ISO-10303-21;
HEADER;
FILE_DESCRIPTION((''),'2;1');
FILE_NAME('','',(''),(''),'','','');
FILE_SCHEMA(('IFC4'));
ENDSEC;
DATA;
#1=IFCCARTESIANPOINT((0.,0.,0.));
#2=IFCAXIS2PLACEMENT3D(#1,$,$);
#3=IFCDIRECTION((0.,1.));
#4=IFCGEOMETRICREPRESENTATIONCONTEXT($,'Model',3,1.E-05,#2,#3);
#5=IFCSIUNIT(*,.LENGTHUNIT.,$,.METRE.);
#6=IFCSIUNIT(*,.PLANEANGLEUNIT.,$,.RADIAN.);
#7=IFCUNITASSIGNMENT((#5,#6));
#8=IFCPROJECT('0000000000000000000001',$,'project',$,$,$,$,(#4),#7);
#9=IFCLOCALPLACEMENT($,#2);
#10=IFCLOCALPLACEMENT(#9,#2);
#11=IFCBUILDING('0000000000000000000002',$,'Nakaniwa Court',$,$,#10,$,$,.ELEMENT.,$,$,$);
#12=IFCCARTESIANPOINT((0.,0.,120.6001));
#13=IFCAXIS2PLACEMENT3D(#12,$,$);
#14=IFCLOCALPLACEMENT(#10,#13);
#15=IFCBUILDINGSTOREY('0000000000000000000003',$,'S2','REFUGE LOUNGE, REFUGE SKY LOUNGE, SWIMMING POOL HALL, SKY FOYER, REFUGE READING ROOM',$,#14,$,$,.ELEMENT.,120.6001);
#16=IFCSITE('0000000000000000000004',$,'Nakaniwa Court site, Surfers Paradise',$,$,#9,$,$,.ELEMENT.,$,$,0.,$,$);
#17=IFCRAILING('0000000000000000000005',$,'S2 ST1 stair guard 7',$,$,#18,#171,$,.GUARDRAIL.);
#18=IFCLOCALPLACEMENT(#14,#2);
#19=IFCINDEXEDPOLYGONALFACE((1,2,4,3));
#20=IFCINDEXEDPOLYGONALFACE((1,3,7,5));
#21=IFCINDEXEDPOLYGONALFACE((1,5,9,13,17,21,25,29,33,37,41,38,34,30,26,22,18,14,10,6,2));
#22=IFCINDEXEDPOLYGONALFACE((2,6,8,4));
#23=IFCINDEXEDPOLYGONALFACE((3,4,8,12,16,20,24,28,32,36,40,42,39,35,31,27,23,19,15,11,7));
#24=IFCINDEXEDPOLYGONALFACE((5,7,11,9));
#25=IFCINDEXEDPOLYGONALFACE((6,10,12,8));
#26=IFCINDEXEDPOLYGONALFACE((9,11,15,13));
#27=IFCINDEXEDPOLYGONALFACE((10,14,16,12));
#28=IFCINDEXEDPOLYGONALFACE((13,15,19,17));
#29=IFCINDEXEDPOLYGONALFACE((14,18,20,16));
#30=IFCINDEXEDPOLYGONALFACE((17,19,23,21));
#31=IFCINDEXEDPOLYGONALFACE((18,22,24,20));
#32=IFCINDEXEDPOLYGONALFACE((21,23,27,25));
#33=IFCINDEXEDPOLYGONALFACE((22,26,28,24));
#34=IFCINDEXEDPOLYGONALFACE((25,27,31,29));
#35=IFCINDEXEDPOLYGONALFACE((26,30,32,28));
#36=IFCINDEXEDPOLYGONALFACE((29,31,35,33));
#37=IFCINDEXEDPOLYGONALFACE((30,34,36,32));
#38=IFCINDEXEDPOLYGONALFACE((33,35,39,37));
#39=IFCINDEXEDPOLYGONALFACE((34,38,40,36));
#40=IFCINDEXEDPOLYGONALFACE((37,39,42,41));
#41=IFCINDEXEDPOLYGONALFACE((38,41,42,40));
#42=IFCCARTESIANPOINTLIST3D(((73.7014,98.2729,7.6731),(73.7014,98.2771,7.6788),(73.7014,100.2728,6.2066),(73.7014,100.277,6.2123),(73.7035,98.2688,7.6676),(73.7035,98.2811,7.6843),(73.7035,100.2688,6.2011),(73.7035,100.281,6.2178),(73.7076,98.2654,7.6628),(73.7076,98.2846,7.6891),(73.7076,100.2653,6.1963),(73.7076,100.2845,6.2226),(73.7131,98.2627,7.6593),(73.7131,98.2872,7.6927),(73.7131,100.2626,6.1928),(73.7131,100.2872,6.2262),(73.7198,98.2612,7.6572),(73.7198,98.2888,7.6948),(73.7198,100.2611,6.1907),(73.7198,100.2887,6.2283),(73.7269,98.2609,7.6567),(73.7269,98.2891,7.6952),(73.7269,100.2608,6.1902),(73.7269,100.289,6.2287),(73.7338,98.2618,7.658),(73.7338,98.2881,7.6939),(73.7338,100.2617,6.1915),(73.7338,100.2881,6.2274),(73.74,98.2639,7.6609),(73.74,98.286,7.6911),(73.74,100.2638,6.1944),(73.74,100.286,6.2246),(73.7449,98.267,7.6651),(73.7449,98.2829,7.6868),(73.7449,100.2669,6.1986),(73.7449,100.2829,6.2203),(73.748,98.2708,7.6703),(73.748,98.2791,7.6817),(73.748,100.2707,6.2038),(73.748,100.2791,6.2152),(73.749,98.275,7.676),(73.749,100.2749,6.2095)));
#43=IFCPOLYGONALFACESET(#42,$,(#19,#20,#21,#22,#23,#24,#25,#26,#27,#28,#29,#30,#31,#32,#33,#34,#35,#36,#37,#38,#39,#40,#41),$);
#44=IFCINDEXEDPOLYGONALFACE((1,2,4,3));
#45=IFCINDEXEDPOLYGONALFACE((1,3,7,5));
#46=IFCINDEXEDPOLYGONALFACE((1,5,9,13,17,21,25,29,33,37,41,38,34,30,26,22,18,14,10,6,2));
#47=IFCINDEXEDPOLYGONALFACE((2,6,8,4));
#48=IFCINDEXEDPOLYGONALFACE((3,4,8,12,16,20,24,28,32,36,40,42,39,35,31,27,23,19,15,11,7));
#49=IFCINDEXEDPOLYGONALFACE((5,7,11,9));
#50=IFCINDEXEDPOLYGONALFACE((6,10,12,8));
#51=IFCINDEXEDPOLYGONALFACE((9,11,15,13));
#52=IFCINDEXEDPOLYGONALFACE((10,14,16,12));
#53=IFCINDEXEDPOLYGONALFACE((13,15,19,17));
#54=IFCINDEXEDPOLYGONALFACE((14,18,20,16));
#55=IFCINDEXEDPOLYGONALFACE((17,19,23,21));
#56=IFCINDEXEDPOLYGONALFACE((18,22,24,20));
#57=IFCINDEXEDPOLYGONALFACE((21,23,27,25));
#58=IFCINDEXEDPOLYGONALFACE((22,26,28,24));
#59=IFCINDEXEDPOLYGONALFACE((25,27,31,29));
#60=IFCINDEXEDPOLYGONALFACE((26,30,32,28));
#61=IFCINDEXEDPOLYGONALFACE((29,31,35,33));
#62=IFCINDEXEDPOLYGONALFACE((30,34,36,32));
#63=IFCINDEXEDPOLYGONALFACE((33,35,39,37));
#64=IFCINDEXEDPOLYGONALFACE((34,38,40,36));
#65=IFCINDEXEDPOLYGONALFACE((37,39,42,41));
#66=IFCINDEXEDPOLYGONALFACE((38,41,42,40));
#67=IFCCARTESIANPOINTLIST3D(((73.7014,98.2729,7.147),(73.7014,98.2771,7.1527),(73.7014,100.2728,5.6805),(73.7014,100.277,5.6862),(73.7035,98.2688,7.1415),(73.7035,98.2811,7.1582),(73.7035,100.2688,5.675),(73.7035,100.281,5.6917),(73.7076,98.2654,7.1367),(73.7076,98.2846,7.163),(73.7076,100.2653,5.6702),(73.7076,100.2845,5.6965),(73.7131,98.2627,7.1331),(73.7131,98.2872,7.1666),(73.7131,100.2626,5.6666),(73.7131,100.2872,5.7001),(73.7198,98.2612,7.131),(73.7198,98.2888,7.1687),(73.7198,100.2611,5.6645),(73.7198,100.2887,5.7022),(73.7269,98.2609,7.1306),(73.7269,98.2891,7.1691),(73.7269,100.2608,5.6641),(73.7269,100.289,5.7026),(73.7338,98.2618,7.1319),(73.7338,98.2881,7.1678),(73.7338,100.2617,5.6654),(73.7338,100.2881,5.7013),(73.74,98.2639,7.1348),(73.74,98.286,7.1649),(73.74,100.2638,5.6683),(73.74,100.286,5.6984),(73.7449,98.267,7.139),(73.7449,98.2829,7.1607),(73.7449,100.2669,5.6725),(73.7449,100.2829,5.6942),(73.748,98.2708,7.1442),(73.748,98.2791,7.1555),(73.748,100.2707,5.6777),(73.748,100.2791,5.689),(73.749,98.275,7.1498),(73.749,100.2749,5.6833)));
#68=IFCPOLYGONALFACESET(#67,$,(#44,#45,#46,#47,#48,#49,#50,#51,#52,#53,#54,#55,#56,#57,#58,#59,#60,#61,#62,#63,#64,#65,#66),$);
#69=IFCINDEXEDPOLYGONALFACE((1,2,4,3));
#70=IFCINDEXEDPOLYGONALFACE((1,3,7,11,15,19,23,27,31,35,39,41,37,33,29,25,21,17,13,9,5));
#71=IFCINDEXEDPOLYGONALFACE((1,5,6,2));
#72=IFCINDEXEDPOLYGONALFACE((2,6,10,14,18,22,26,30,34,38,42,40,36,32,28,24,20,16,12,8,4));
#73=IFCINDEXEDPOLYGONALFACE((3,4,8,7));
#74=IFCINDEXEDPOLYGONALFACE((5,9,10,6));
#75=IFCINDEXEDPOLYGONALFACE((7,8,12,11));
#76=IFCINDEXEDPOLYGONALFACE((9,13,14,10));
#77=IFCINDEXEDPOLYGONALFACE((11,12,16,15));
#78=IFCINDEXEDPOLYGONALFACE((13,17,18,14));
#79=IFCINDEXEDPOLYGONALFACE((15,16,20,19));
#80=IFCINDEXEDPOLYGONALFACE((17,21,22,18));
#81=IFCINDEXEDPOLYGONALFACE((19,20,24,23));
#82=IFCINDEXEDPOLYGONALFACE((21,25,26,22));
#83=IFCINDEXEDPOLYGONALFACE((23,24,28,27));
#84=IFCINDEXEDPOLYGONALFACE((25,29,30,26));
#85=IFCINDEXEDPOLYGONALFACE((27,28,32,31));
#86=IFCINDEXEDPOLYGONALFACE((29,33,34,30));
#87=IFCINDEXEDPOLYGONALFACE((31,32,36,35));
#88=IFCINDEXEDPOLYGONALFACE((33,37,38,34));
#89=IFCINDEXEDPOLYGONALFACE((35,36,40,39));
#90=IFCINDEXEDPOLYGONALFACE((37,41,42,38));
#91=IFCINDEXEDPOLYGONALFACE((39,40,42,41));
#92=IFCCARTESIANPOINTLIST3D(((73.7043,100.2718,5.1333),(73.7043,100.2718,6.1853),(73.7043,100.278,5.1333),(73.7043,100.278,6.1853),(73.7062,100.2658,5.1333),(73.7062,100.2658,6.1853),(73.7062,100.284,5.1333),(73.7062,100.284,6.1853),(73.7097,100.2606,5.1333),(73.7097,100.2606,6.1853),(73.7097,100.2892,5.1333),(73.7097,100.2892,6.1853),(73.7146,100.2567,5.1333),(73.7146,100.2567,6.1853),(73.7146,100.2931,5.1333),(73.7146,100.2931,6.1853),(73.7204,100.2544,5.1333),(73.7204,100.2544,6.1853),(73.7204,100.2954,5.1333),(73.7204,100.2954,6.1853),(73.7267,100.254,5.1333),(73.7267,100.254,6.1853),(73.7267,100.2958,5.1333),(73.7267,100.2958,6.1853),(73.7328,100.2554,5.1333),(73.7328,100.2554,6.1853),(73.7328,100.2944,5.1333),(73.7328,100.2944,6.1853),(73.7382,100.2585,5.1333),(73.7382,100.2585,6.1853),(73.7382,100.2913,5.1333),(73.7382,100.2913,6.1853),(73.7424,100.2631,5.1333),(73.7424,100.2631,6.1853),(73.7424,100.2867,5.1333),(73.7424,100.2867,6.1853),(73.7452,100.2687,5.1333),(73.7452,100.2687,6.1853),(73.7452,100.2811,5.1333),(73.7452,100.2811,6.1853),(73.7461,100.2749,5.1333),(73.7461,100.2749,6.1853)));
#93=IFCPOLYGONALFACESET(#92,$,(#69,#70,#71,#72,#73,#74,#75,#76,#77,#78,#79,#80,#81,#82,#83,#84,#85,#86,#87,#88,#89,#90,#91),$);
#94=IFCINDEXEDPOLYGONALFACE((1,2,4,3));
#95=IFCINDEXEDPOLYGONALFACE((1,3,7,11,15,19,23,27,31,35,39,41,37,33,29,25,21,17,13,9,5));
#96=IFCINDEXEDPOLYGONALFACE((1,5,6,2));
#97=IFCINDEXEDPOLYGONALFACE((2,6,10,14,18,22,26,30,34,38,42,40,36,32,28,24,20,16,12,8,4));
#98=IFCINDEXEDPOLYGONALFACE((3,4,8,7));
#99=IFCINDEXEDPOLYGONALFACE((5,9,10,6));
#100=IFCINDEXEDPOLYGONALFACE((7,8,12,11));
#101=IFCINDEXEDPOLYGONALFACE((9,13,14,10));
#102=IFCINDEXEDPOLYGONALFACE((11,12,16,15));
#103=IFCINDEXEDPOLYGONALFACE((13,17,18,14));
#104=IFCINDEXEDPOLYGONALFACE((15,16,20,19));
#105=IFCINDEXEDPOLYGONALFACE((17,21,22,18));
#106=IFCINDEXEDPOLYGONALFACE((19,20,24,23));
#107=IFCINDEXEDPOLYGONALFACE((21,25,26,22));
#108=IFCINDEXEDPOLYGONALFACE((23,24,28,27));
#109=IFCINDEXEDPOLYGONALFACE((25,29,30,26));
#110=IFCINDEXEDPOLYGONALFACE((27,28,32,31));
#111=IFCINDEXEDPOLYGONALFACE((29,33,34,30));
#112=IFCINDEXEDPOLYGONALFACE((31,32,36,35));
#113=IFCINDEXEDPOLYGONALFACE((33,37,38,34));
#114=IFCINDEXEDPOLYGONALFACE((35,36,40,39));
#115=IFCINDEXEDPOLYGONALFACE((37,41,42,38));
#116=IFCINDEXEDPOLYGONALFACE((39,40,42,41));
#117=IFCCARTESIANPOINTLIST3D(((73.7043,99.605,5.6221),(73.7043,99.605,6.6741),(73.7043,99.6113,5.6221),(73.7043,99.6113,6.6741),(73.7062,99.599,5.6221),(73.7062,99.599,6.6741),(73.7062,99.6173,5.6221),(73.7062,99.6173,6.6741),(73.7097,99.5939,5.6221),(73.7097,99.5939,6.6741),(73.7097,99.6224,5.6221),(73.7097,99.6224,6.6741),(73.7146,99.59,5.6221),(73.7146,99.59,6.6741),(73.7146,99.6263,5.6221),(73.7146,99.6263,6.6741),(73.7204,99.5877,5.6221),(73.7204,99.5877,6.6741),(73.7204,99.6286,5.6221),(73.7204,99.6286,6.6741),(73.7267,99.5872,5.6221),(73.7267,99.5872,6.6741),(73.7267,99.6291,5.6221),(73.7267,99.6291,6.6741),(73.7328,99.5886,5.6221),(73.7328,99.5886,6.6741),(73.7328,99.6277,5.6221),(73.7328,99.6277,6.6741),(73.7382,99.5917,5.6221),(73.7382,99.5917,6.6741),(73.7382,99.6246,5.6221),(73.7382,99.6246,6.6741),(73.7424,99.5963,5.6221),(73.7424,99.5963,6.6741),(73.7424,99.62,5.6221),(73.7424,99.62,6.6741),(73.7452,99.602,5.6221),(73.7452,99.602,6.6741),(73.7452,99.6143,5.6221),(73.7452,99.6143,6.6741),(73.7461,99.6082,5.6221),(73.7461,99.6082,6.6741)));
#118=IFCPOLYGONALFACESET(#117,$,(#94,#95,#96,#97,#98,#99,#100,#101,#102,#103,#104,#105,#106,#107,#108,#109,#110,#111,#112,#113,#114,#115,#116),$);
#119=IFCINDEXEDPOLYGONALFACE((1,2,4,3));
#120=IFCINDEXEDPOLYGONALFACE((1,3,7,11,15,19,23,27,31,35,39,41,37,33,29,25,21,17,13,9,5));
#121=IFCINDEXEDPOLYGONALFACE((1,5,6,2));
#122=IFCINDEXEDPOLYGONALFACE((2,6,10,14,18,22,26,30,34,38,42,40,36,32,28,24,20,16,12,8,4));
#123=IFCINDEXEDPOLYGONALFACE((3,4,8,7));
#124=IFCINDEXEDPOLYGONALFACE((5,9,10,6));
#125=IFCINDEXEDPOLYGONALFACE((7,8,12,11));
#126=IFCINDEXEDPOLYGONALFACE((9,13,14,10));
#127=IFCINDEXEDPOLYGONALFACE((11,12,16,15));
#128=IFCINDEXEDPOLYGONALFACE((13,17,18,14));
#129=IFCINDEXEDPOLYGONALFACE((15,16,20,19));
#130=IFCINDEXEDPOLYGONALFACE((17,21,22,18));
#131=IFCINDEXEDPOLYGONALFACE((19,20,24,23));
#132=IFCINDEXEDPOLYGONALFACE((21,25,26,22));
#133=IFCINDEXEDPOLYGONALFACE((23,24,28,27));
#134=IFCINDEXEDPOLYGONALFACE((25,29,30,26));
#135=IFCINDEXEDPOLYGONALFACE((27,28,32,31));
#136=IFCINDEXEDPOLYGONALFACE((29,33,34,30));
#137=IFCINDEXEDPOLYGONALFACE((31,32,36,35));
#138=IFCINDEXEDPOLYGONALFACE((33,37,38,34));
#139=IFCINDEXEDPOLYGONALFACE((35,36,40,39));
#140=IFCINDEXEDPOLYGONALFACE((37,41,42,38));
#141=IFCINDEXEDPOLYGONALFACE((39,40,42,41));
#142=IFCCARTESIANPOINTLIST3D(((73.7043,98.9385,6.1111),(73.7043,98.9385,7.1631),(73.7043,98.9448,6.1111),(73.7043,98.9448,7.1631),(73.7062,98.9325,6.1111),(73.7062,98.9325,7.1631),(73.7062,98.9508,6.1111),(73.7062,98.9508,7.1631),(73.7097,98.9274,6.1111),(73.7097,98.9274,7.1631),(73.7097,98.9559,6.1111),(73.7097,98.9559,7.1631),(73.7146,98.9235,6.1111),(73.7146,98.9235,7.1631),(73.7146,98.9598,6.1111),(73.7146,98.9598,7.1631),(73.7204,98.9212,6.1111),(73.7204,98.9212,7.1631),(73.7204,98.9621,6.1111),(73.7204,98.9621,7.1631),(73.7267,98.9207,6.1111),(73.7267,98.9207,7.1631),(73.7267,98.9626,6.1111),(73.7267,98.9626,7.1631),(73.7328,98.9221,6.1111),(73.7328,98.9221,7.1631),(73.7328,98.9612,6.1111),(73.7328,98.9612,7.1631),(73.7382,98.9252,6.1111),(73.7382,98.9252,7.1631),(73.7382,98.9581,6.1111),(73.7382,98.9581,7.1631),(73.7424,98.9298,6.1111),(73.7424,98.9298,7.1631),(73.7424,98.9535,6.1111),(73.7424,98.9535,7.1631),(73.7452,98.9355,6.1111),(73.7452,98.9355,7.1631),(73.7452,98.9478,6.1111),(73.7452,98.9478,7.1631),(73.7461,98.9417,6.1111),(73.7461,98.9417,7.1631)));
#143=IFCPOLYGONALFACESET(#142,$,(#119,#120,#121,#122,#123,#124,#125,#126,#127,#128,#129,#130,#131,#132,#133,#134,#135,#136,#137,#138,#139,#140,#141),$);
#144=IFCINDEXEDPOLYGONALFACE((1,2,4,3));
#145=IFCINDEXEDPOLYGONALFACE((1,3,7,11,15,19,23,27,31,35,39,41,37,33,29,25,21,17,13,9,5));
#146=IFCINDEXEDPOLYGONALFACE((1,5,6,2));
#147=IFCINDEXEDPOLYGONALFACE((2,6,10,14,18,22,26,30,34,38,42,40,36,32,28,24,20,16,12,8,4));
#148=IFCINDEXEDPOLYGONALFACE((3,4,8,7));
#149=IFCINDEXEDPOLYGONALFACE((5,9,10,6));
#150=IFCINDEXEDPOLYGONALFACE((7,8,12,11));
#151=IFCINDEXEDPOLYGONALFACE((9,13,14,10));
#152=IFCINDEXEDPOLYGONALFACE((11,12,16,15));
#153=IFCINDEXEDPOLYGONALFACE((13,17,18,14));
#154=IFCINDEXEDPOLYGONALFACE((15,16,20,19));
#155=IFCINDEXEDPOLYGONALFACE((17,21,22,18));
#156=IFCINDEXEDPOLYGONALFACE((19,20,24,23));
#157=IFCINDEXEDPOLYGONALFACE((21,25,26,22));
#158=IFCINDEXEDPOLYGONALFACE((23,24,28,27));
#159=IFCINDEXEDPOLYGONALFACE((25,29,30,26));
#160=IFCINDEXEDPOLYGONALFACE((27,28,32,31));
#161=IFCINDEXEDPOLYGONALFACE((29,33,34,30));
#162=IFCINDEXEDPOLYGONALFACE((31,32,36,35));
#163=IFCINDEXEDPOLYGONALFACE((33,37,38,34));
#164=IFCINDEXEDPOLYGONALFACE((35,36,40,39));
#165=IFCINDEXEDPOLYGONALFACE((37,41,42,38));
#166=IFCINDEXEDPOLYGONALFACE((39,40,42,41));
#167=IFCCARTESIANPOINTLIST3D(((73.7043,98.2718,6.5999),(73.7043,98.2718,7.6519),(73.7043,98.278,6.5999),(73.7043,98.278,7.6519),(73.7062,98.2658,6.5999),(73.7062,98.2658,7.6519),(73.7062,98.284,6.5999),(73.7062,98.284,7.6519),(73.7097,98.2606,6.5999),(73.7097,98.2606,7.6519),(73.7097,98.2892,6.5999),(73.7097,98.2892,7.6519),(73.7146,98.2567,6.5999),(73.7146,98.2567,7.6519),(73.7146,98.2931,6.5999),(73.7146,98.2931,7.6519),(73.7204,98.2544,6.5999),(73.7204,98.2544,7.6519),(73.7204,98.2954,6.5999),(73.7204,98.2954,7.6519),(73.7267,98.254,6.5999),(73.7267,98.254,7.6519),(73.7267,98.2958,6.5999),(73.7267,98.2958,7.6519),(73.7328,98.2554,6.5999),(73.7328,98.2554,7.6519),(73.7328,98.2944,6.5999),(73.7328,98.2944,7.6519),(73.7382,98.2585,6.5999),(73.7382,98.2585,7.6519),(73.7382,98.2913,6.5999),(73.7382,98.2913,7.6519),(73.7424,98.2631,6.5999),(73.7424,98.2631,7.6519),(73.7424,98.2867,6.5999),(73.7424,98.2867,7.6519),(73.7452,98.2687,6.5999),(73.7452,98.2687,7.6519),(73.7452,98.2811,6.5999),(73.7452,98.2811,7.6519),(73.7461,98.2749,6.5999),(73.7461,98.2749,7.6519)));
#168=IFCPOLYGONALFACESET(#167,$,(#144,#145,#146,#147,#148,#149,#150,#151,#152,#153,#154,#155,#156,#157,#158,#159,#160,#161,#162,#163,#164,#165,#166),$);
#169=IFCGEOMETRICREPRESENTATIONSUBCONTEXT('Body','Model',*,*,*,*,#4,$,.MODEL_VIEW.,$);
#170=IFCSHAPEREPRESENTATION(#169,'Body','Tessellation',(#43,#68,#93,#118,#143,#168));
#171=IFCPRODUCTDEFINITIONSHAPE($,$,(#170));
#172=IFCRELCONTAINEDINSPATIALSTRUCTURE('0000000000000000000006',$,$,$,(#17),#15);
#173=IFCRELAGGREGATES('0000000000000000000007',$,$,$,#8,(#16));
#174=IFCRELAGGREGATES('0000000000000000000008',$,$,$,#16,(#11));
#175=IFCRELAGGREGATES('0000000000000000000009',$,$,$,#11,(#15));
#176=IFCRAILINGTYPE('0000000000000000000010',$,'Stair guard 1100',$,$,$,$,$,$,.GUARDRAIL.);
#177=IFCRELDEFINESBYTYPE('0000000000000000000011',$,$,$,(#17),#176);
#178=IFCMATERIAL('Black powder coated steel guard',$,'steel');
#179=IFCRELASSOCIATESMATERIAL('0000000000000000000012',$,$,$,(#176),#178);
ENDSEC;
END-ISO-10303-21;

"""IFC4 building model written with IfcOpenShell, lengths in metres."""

from ifc_helpers import new_model, si_unit, direction, frame, origin, origin_2d, place, context, subcontext, project, spatial, circle, extrude, material, type_object, element, save


model = new_model("IFC4")

# Units and contexts
model_context = context("Model", 3, precision=1e-05, world=origin(), true_north=direction((0.0, 1.0)))
body_context = subcontext(model_context, "Body", "Model", "MODEL_VIEW")
ifc_project = project(units=[si_unit("LENGTHUNIT", "METRE"), si_unit("PLANEANGLEUNIT", "RADIAN")], contexts=[model_context])

# Site, building, storey
site_placement = place(None, origin())
site = spatial("IfcSite", under=ifc_project, at=site_placement, Name="Nakaniwa Court site, Surfers Paradise", CompositionType="ELEMENT", RefElevation=0.0)
building_placement = place(site_placement, origin())
building = spatial("IfcBuilding", under=site, at=building_placement, Name="Nakaniwa Court", CompositionType="ELEMENT")
storey_placement = place(building_placement, frame((0.0, 0.0, 120.6001)))
storey = spatial("IfcBuildingStorey", under=building, at=storey_placement, Name="S2", Description="REFUGE LOUNGE, REFUGE SKY LOUNGE, SWIMMING POOL HALL, SKY FOYER, REFUGE READING ROOM", CompositionType="ELEMENT", Elevation=120.6001)

# Railing
ifc_material_1 = material(Name="Black powder coated steel guard", Category="steel")
railing_type_1 = type_object("IfcRailingType", Name="Stair guard 1100", PredefinedType="GUARDRAIL", material=ifc_material_1)
railing_1_placement = place(storey_placement, frame((73.7251, 100.2749, 5.1333)))
element("IfcRailing", 1, at=railing_1_placement, inside=storey, type_object=railing_type_1, Name="S2 ST1 stair guard 7", PredefinedType="GUARDRAIL", context=body_context, shape_type="SweptSolid", body=[
    extrude(circle(Radius=0.0239, at=origin_2d()), frame((0.0, 0.0, 1.0762), z_axis=(0.0, -0.806427, 0.591334), x_axis=(1.0, 0.0, 0.0)), (0.0, 0.0, 1.0), 2.48),
    extrude(circle(Radius=0.0239, at=origin_2d()), frame((0.0, 0.0, 0.55), z_axis=(0.0, -0.806427, 0.591334), x_axis=(1.0, 0.0, 0.0)), (0.0, 0.0, 1.0), 2.48),
    extrude(circle(Radius=0.021, at=origin_2d()), origin(), (0.0, 0.0, 1.0), 1.052),
    extrude(circle(Radius=0.021, at=origin_2d()), frame((0.0, -0.6667, 0.4888)), (0.0, 0.0, 1.0), 1.052),
    extrude(circle(Radius=0.021, at=origin_2d()), frame((0.0, -1.3333, 0.9778)), (0.0, 0.0, 1.0), 1.052),
    extrude(circle(Radius=0.021, at=origin_2d()), frame((0.0, -2.0, 1.4666)), (0.0, 0.0, 1.0), 1.052),
])

save(model, "model.ifc")
